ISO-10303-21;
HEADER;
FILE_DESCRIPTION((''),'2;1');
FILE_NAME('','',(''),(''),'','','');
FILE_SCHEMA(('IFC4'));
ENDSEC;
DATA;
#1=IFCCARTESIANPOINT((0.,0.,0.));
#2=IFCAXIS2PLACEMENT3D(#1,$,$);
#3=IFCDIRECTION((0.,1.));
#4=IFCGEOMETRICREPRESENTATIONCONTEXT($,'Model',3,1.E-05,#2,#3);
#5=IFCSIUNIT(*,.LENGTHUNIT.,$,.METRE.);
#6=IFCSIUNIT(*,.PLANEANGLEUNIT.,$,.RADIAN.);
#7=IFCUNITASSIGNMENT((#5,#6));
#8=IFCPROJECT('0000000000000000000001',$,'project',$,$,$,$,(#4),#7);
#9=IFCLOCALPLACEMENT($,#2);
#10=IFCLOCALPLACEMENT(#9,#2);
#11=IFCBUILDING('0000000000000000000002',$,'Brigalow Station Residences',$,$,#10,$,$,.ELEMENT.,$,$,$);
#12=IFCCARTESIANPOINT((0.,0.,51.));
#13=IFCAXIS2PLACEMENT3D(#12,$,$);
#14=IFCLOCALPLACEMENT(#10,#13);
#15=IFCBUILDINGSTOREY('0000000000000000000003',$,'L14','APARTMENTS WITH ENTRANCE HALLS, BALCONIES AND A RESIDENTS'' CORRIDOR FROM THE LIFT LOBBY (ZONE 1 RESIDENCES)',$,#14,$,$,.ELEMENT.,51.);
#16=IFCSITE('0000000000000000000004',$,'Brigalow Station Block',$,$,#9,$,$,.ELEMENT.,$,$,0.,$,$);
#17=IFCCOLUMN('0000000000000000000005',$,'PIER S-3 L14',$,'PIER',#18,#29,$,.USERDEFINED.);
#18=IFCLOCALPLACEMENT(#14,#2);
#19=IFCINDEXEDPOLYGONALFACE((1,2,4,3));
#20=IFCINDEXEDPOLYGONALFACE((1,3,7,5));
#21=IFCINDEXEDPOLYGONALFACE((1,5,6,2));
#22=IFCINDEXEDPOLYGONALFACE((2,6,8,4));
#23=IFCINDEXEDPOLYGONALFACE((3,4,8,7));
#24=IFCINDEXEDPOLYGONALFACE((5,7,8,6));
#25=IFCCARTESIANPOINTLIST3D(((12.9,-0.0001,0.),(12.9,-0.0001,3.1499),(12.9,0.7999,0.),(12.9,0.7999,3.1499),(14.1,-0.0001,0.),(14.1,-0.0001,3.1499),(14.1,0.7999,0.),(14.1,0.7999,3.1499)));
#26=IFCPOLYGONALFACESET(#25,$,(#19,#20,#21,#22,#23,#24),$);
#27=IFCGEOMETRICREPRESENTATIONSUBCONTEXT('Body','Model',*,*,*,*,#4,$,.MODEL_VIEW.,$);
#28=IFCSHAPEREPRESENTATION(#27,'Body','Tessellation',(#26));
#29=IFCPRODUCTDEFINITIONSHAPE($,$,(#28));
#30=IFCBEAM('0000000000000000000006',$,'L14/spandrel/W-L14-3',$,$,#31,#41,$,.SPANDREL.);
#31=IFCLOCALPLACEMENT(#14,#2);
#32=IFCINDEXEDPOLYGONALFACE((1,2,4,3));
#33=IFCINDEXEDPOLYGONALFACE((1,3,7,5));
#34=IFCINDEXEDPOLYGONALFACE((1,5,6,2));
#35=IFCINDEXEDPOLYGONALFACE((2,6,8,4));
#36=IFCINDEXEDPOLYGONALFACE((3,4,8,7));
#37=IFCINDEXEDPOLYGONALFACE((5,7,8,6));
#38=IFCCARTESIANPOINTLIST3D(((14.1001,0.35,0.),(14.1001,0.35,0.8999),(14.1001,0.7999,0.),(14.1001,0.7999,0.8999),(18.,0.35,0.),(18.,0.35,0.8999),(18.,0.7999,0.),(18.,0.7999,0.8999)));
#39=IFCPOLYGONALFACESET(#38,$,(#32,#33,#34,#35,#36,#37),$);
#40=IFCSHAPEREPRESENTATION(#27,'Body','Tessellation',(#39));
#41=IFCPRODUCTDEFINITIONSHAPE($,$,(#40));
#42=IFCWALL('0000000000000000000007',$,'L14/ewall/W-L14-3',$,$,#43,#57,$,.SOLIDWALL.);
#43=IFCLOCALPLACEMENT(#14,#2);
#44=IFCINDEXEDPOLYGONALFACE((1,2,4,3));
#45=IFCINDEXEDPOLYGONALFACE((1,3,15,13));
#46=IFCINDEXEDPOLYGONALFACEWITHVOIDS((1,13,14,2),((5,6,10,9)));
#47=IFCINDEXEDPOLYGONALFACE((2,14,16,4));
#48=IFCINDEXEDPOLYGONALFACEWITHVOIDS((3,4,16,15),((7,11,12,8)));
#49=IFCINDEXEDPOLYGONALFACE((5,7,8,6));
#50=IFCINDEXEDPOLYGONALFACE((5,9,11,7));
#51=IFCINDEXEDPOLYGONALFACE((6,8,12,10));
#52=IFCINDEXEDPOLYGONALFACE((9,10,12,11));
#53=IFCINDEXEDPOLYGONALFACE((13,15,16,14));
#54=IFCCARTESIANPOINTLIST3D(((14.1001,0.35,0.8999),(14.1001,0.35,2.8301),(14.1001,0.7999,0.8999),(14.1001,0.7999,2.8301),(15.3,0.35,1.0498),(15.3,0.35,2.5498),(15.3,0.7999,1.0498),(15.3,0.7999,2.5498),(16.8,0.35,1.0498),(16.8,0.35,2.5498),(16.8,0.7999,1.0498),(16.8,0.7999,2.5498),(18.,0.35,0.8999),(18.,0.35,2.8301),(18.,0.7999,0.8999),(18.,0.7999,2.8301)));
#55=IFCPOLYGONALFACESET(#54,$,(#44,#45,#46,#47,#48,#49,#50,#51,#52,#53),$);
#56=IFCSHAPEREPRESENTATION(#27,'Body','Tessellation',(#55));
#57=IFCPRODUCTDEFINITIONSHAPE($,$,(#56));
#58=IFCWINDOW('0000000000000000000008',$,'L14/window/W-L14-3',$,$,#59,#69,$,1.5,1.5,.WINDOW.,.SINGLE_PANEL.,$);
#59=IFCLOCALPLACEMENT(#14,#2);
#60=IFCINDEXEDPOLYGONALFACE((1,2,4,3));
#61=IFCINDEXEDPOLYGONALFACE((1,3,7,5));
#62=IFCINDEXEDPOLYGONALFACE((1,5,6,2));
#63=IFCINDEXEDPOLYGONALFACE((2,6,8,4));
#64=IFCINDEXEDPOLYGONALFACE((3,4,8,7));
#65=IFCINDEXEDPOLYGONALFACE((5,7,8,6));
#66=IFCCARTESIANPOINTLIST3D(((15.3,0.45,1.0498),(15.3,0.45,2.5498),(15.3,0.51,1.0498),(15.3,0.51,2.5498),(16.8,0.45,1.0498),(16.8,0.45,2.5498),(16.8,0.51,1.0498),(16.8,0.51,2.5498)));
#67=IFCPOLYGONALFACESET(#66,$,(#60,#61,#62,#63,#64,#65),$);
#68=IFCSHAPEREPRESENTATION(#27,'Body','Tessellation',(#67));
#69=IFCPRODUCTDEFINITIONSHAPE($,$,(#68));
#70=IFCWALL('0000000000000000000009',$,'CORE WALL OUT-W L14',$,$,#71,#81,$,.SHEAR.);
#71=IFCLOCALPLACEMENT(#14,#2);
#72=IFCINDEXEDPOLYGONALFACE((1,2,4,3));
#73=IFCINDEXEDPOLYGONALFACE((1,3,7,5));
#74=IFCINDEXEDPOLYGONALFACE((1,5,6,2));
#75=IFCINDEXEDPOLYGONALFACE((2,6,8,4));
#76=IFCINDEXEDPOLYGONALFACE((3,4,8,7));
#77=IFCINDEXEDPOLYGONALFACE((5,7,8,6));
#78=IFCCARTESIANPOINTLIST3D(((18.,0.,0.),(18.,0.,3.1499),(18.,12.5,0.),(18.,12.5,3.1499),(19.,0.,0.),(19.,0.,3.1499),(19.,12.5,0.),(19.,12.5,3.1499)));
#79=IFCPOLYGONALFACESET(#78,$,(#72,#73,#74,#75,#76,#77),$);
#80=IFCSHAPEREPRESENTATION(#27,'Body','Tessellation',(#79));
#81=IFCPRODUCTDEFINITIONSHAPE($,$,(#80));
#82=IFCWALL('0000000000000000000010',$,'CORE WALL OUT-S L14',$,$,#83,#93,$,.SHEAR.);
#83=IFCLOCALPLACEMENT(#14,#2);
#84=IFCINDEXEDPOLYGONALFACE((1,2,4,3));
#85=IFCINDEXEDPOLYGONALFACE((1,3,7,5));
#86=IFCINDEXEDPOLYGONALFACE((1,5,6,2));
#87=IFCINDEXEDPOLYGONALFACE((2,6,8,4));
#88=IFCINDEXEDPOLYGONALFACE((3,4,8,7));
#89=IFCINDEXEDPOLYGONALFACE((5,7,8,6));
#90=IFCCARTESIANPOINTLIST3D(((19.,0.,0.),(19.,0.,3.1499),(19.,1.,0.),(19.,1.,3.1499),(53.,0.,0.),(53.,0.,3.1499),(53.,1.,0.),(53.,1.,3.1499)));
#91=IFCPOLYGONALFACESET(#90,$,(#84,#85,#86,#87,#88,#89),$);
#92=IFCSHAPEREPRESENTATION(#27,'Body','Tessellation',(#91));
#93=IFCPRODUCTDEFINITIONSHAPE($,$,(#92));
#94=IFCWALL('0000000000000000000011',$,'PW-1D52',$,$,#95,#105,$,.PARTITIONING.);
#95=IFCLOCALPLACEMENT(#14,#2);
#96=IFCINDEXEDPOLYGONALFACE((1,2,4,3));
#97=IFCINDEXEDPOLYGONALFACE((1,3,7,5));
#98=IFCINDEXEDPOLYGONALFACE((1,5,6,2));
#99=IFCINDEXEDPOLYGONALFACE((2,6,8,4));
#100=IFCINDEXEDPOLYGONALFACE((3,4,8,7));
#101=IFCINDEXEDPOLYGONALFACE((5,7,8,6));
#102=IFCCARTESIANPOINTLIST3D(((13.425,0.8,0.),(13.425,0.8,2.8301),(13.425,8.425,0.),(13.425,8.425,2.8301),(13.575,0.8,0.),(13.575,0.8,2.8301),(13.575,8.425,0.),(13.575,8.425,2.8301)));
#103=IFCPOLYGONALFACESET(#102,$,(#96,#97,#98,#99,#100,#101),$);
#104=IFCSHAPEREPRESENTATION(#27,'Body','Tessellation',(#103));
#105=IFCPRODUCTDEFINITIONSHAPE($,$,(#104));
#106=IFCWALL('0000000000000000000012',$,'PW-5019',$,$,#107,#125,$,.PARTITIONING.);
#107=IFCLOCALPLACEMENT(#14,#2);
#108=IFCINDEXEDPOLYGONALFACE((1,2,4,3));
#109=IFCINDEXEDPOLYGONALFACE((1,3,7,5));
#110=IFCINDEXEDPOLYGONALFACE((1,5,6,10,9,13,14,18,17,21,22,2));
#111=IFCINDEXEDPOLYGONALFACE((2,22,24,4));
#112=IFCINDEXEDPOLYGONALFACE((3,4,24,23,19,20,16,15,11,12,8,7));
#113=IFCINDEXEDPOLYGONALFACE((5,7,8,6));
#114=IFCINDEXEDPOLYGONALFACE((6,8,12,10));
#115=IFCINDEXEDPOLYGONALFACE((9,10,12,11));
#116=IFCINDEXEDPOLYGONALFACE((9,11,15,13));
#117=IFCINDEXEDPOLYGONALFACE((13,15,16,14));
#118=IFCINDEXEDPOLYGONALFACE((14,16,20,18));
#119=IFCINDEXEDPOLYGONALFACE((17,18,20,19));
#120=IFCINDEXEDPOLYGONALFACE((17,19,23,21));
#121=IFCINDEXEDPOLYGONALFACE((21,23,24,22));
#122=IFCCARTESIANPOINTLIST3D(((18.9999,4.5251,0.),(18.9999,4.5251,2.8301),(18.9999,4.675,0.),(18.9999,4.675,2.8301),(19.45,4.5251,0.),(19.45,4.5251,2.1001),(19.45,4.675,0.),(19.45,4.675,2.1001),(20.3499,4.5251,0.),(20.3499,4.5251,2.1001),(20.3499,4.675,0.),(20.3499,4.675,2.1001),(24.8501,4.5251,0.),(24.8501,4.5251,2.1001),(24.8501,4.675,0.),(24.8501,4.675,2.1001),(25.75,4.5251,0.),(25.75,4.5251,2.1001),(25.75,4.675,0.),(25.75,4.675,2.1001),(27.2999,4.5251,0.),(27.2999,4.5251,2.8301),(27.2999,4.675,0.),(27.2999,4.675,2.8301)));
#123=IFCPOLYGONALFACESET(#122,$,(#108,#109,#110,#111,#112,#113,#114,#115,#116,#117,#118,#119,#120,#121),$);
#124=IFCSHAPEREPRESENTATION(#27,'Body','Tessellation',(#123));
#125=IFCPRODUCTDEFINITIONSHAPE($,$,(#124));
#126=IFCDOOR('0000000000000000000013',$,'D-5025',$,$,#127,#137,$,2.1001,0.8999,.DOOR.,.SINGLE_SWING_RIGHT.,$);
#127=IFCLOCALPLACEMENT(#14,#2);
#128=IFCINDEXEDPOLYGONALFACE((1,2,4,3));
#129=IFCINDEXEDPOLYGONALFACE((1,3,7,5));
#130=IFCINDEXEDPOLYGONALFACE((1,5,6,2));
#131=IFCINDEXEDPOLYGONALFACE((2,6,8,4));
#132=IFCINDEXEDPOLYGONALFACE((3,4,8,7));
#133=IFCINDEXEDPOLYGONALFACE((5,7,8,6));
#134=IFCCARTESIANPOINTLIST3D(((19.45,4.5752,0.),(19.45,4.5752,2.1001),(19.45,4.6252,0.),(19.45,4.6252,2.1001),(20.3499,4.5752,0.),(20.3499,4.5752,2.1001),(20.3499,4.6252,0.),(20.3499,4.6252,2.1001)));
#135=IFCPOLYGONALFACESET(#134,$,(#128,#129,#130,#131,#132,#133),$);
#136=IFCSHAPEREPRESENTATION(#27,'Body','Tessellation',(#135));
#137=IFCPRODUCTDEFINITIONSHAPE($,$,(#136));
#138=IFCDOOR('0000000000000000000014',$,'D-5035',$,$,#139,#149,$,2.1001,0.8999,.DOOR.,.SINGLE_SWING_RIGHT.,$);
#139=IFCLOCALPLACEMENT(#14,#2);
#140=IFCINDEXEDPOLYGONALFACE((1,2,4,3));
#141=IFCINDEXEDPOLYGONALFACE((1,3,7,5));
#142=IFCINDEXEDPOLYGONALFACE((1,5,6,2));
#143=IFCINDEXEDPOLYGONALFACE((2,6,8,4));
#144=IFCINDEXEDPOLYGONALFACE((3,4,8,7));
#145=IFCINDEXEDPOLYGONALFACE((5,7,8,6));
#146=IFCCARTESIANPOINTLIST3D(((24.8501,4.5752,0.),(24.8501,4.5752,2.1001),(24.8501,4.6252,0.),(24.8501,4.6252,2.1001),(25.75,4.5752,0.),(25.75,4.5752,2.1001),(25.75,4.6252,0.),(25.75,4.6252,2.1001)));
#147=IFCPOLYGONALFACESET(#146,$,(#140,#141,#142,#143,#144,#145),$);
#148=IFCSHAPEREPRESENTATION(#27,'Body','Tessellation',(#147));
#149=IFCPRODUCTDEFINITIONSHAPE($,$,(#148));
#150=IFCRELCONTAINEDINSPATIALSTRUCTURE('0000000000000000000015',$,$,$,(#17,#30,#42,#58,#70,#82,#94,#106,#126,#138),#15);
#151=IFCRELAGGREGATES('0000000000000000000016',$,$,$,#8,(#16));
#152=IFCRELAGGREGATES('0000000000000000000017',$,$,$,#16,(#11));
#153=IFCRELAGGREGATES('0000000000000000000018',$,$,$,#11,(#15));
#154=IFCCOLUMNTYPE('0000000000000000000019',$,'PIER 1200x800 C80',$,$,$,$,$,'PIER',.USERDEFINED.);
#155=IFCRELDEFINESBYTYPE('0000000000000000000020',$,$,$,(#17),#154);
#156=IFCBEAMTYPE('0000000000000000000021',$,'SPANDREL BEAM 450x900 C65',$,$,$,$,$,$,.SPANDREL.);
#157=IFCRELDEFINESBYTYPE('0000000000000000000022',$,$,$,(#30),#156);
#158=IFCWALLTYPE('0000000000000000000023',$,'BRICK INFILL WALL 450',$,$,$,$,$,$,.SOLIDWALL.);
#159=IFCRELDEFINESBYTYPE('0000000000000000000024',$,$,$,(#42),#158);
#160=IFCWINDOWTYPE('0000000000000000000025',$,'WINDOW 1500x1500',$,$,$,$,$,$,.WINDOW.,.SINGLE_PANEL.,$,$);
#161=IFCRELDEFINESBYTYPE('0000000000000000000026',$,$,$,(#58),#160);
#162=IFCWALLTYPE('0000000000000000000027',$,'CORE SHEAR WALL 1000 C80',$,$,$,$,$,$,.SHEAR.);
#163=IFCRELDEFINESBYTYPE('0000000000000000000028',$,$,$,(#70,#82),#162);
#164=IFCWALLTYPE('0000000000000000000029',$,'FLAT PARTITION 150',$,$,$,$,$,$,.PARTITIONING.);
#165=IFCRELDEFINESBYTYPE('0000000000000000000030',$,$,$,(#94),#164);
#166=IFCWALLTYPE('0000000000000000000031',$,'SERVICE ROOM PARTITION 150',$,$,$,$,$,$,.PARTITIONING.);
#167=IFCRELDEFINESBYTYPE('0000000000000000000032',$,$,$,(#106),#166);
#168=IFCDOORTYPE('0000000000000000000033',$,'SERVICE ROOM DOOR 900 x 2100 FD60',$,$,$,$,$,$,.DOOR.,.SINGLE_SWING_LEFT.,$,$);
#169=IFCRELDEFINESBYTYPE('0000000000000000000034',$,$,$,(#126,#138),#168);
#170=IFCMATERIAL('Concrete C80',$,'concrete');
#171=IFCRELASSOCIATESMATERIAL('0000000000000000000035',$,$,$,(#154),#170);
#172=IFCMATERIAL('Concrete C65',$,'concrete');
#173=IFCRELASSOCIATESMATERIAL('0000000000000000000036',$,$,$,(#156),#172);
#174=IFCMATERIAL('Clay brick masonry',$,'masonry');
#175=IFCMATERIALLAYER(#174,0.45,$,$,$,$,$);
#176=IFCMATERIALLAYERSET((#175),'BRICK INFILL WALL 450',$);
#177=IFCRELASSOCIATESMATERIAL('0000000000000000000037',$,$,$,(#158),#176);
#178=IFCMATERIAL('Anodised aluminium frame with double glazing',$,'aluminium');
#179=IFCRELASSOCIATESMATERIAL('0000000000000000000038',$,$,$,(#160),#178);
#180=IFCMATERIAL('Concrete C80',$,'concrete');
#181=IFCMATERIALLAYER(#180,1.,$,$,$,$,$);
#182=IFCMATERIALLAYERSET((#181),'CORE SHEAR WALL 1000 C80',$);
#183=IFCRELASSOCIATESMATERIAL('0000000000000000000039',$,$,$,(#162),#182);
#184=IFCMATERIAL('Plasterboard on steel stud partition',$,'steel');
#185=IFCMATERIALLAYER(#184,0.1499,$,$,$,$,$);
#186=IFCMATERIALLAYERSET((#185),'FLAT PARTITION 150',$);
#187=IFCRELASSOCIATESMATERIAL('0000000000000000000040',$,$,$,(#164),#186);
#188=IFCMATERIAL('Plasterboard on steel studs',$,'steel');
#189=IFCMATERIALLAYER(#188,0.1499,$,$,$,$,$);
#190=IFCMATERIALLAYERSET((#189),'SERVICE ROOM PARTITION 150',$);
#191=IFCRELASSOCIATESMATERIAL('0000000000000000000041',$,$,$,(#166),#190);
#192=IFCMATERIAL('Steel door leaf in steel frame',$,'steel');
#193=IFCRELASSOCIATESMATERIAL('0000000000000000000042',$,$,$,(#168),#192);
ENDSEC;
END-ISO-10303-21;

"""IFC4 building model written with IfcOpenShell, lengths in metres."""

from ifc_helpers import new_model, si_unit, direction, frame, frame_2d, origin, origin_2d, place, context, subcontext, project, spatial, rectangle, extrude, material, layer, layer_set, material_profile, profile_set, type_object, element, fill, save


model = new_model("IFC4")

# Units and contexts
model_context = context("Model", 3, precision=1e-05, world=origin(), true_north=direction((0.0, 1.0)))
body_context = subcontext(model_context, "Body", "Model", "MODEL_VIEW")
ifc_project = project(units=[si_unit("LENGTHUNIT", "METRE"), si_unit("PLANEANGLEUNIT", "RADIAN")], contexts=[model_context])

# Site, building, storey
site_placement = place(None, origin())
site = spatial("IfcSite", under=ifc_project, at=site_placement, Name="Brigalow Station Block", CompositionType="ELEMENT", RefElevation=0.0)
building_placement = place(site_placement, origin())
building = spatial("IfcBuilding", under=site, at=building_placement, Name="Brigalow Station Residences", CompositionType="ELEMENT")
storey_placement = place(building_placement, frame((0.0, 0.0, 51.0)))
storey = spatial("IfcBuildingStorey", under=building, at=storey_placement, Name="L14", Description="APARTMENTS WITH ENTRANCE HALLS, BALCONIES AND A RESIDENTS' CORRIDOR FROM THE LIFT LOBBY (ZONE 1 RESIDENCES)", CompositionType="ELEMENT", Elevation=51.0)

# Column
ifc_material_1 = material(Name="Concrete C80", Category="concrete")
ifc_material_profile_1 = material_profile(ifc_material_1, rectangle(XDim=1.2, YDim=0.8, at=origin_2d()), Name="RC1200x800")
ifc_profile_set_1 = profile_set([ifc_material_profile_1], Name="Concrete C80")
column_type = type_object("IfcColumnType", Name="PIER 1200x800 C80", ElementType="PIER", PredefinedType="USERDEFINED", material=ifc_profile_set_1)
column_placement = place(storey_placement, frame((13.5, 0.3999, 0.0), z_axis=(0.0, 0.0, 1.0), x_axis=(1.0, 0.0, 0.0)))
element("IfcColumn", 1, at=column_placement, inside=storey, type_object=column_type, Name="PIER S-3 L14", ObjectType="PIER", PredefinedType="USERDEFINED", context=body_context, shape_type="SweptSolid", body=[
    extrude(rectangle(XDim=1.2, YDim=0.8, at=origin_2d()), origin(), (0.0, 0.0, 1.0), 3.1499),
])

# Beam
ifc_material_2 = material(Name="Concrete C65", Category="concrete")
ifc_material_profile_2 = material_profile(ifc_material_2, rectangle(XDim=0.45, YDim=0.8999, at=origin_2d()), Name="RC450x900")
ifc_profile_set_2 = profile_set([ifc_material_profile_2], Name="Concrete C65")
beam_type = type_object("IfcBeamType", Name="SPANDREL BEAM 450x900 C65", PredefinedType="SPANDREL", material=ifc_profile_set_2)
beam_placement = place(storey_placement, frame((14.1001, 0.575, 0.45), z_axis=(1.0, 0.0, 0.0), x_axis=(0.0, 1.0, 0.0)))
element("IfcBeam", 2, at=beam_placement, inside=storey, type_object=beam_type, Name="L14/spandrel/W-L14-3", PredefinedType="SPANDREL", context=body_context, shape_type="SweptSolid", body=[
    extrude(rectangle(XDim=0.45, YDim=0.8999, at=origin_2d()), origin(), (0.0, 0.0, 1.0), 3.8999),
])

# Wall, opening, window
ifc_material_3 = material(Name="Clay brick masonry", Category="masonry")
ifc_layer_1 = layer(ifc_material_3, 0.45)
ifc_layer_set_1 = layer_set([ifc_layer_1], Name="BRICK INFILL WALL 450")
wall_type_1 = type_object("IfcWallType", Name="BRICK INFILL WALL 450", PredefinedType="SOLIDWALL", material=ifc_layer_set_1)
wall_1_placement = place(storey_placement, frame((14.1001, 0.575, 0.8999), z_axis=(0.0, 0.0, 1.0), x_axis=(1.0, 0.0, 0.0)))
wall_1 = element("IfcWall", 3, at=wall_1_placement, inside=storey, type_object=wall_type_1, Name="L14/ewall/W-L14-3", PredefinedType="SOLIDWALL", context=body_context, shape_type="SweptSolid", body=[
    extrude(rectangle(XDim=3.8999, YDim=0.45, at=frame_2d((1.95, 0.0))), origin(), (0.0, 0.0, 1.0), 1.9302),
])
opening_1_placement = place(wall_1_placement, frame((1.2, 0.0, 0.1499)))
opening_1 = element("IfcOpeningElement", 4, at=opening_1_placement, cuts=wall_1, PredefinedType="OPENING", context=body_context, shape_type="SweptSolid", body=[
    extrude(rectangle(XDim=1.5, YDim=1.5, at=frame_2d((0.75, 0.75))), frame((0.0, 0.2349, 0.0), z_axis=(0.0, -1.0, 0.0), x_axis=(1.0, 0.0, 0.0)), (0.0, 0.0, 1.0), 0.47),
])
ifc_material_4 = material(Name="Anodised aluminium frame with double glazing", Category="aluminium")
window_type = type_object("IfcWindowType", Name="WINDOW 1500x1500", PartitioningType="SINGLE_PANEL", PredefinedType="WINDOW", material=ifc_material_4)
window_placement = place(opening_1_placement, origin())
window = element("IfcWindow", 5, at=window_placement, inside=storey, type_object=window_type, Name="L14/window/W-L14-3", OverallHeight=1.5, OverallWidth=1.5, PartitioningType="SINGLE_PANEL", PredefinedType="WINDOW", context=body_context, shape_type="SweptSolid", body=[
    extrude(rectangle(XDim=1.5, YDim=1.5, at=frame_2d((0.75, 0.75))), frame((0.0, -0.0649, 0.0), z_axis=(0.0, -1.0, 0.0), x_axis=(1.0, 0.0, 0.0)), (0.0, 0.0, 1.0), 0.0601),
])
fill(opening_1, window)

# Walls
ifc_material_5 = material(Name="Concrete C80", Category="concrete")
ifc_layer_2 = layer(ifc_material_5, 1.0)
ifc_layer_set_2 = layer_set([ifc_layer_2], Name="CORE SHEAR WALL 1000 C80")
wall_type_2 = type_object("IfcWallType", Name="CORE SHEAR WALL 1000 C80", PredefinedType="SHEAR", material=ifc_layer_set_2)
wall_2_placement = place(storey_placement, frame((18.5, 0.0, 0.0), z_axis=(0.0, 0.0, 1.0), x_axis=(0.0, 1.0, 0.0)))
element("IfcWall", 6, at=wall_2_placement, inside=storey, type_object=wall_type_2, Name="CORE WALL OUT-W L14", PredefinedType="SHEAR", context=body_context, shape_type="SweptSolid", body=[
    extrude(rectangle(XDim=12.5, YDim=1.0, at=frame_2d((6.25, 0.0))), origin(), (0.0, 0.0, 1.0), 3.1499),
])
wall_3_placement = place(storey_placement, frame((19.0, 0.5, 0.0), z_axis=(0.0, 0.0, 1.0), x_axis=(1.0, 0.0, 0.0)))
element("IfcWall", 7, at=wall_3_placement, inside=storey, type_object=wall_type_2, Name="CORE WALL OUT-S L14", PredefinedType="SHEAR", context=body_context, shape_type="SweptSolid", body=[
    extrude(rectangle(XDim=34.0, YDim=1.0, at=frame_2d((17.0, 0.0))), origin(), (0.0, 0.0, 1.0), 3.1499),
])
ifc_material_6 = material(Name="Plasterboard on steel stud partition", Category="steel")
ifc_layer_3 = layer(ifc_material_6, 0.1499)
ifc_layer_set_3 = layer_set([ifc_layer_3], Name="FLAT PARTITION 150")
wall_type_3 = type_object("IfcWallType", Name="FLAT PARTITION 150", PredefinedType="PARTITIONING", material=ifc_layer_set_3)
wall_4_placement = place(storey_placement, frame((13.5, 0.8, 0.0), z_axis=(0.0, 0.0, 1.0), x_axis=(0.0, 1.0, 0.0)))
element("IfcWall", 8, at=wall_4_placement, inside=storey, type_object=wall_type_3, Name="PW-1D52", PredefinedType="PARTITIONING", context=body_context, shape_type="SweptSolid", body=[
    extrude(rectangle(XDim=7.625, YDim=0.1499, at=frame_2d((3.8125, 0.0))), origin(), (0.0, 0.0, 1.0), 2.8301),
])

# Wall, openings, doors
ifc_material_7 = material(Name="Plasterboard on steel studs", Category="steel")
ifc_layer_4 = layer(ifc_material_7, 0.1499)
ifc_layer_set_4 = layer_set([ifc_layer_4], Name="SERVICE ROOM PARTITION 150")
wall_type_4 = type_object("IfcWallType", Name="SERVICE ROOM PARTITION 150", PredefinedType="PARTITIONING", material=ifc_layer_set_4)
wall_5_placement = place(storey_placement, frame((19.0, 4.6001, 0.0), z_axis=(0.0, 0.0, 1.0), x_axis=(1.0, 0.0, 0.0)))
wall_5 = element("IfcWall", 9, at=wall_5_placement, inside=storey, type_object=wall_type_4, Name="PW-5019", PredefinedType="PARTITIONING", context=body_context, shape_type="SweptSolid", body=[
    extrude(rectangle(XDim=8.3, YDim=0.1499, at=frame_2d((4.1499, 0.0))), origin(), (0.0, 0.0, 1.0), 2.8301),
])
opening_2_placement = place(wall_5_placement, frame((0.45, 0.0, 0.0)))
opening_2 = element("IfcOpeningElement", 10, at=opening_2_placement, cuts=wall_5, PredefinedType="OPENING", context=body_context, shape_type="SweptSolid", body=[
    extrude(rectangle(XDim=0.8999, YDim=2.1001, at=frame_2d((0.45, 1.05))), frame((0.0, 0.085, 0.0), z_axis=(0.0, -1.0, 0.0), x_axis=(1.0, 0.0, 0.0)), (0.0, 0.0, 1.0), 0.1699),
])
opening_3_placement = place(wall_5_placement, frame((5.8501, 0.0, 0.0)))
opening_3 = element("IfcOpeningElement", 11, at=opening_3_placement, cuts=wall_5, PredefinedType="OPENING", context=body_context, shape_type="SweptSolid", body=[
    extrude(rectangle(XDim=0.8999, YDim=2.1001, at=frame_2d((0.45, 1.05))), frame((0.0, 0.085, 0.0), z_axis=(0.0, -1.0, 0.0), x_axis=(1.0, 0.0, 0.0)), (0.0, 0.0, 1.0), 0.1699),
])
ifc_material_8 = material(Name="Steel door leaf in steel frame", Category="steel")
door_type = type_object("IfcDoorType", Name="SERVICE ROOM DOOR 900 x 2100 FD60", OperationType="SINGLE_SWING_LEFT", PredefinedType="DOOR", material=ifc_material_8)
door_1_placement = place(opening_2_placement, frame((0.8999, 0.0, 0.0), z_axis=(0.0, 0.0, 1.0), x_axis=(-1.0, 0.0, 0.0)))
door_1 = element("IfcDoor", 12, at=door_1_placement, inside=storey, type_object=door_type, Name="D-5025", OperationType="SINGLE_SWING_RIGHT", OverallHeight=2.1001, OverallWidth=0.8999, PredefinedType="DOOR", context=body_context, shape_type="SweptSolid", body=[
    extrude(rectangle(XDim=0.8999, YDim=2.1001, at=frame_2d((0.45, 1.05))), frame((0.0, 0.0249, 0.0), z_axis=(0.0, -1.0, 0.0), x_axis=(1.0, 0.0, 0.0)), (0.0, 0.0, 1.0), 0.05),
])
fill(opening_2, door_1)
door_2_placement = place(opening_3_placement, frame((0.8999, 0.0, 0.0), z_axis=(0.0, 0.0, 1.0), x_axis=(-1.0, 0.0, 0.0)))
door_2 = element("IfcDoor", 13, at=door_2_placement, inside=storey, type_object=door_type, Name="D-5035", OperationType="SINGLE_SWING_RIGHT", OverallHeight=2.1001, OverallWidth=0.8999, PredefinedType="DOOR", context=body_context, shape_type="SweptSolid", body=[
    extrude(rectangle(XDim=0.8999, YDim=2.1001, at=frame_2d((0.45, 1.05))), frame((0.0, 0.0249, 0.0), z_axis=(0.0, -1.0, 0.0), x_axis=(1.0, 0.0, 0.0)), (0.0, 0.0, 1.0), 0.05),
])
fill(opening_3, door_2)

save(model, "model.ifc")
